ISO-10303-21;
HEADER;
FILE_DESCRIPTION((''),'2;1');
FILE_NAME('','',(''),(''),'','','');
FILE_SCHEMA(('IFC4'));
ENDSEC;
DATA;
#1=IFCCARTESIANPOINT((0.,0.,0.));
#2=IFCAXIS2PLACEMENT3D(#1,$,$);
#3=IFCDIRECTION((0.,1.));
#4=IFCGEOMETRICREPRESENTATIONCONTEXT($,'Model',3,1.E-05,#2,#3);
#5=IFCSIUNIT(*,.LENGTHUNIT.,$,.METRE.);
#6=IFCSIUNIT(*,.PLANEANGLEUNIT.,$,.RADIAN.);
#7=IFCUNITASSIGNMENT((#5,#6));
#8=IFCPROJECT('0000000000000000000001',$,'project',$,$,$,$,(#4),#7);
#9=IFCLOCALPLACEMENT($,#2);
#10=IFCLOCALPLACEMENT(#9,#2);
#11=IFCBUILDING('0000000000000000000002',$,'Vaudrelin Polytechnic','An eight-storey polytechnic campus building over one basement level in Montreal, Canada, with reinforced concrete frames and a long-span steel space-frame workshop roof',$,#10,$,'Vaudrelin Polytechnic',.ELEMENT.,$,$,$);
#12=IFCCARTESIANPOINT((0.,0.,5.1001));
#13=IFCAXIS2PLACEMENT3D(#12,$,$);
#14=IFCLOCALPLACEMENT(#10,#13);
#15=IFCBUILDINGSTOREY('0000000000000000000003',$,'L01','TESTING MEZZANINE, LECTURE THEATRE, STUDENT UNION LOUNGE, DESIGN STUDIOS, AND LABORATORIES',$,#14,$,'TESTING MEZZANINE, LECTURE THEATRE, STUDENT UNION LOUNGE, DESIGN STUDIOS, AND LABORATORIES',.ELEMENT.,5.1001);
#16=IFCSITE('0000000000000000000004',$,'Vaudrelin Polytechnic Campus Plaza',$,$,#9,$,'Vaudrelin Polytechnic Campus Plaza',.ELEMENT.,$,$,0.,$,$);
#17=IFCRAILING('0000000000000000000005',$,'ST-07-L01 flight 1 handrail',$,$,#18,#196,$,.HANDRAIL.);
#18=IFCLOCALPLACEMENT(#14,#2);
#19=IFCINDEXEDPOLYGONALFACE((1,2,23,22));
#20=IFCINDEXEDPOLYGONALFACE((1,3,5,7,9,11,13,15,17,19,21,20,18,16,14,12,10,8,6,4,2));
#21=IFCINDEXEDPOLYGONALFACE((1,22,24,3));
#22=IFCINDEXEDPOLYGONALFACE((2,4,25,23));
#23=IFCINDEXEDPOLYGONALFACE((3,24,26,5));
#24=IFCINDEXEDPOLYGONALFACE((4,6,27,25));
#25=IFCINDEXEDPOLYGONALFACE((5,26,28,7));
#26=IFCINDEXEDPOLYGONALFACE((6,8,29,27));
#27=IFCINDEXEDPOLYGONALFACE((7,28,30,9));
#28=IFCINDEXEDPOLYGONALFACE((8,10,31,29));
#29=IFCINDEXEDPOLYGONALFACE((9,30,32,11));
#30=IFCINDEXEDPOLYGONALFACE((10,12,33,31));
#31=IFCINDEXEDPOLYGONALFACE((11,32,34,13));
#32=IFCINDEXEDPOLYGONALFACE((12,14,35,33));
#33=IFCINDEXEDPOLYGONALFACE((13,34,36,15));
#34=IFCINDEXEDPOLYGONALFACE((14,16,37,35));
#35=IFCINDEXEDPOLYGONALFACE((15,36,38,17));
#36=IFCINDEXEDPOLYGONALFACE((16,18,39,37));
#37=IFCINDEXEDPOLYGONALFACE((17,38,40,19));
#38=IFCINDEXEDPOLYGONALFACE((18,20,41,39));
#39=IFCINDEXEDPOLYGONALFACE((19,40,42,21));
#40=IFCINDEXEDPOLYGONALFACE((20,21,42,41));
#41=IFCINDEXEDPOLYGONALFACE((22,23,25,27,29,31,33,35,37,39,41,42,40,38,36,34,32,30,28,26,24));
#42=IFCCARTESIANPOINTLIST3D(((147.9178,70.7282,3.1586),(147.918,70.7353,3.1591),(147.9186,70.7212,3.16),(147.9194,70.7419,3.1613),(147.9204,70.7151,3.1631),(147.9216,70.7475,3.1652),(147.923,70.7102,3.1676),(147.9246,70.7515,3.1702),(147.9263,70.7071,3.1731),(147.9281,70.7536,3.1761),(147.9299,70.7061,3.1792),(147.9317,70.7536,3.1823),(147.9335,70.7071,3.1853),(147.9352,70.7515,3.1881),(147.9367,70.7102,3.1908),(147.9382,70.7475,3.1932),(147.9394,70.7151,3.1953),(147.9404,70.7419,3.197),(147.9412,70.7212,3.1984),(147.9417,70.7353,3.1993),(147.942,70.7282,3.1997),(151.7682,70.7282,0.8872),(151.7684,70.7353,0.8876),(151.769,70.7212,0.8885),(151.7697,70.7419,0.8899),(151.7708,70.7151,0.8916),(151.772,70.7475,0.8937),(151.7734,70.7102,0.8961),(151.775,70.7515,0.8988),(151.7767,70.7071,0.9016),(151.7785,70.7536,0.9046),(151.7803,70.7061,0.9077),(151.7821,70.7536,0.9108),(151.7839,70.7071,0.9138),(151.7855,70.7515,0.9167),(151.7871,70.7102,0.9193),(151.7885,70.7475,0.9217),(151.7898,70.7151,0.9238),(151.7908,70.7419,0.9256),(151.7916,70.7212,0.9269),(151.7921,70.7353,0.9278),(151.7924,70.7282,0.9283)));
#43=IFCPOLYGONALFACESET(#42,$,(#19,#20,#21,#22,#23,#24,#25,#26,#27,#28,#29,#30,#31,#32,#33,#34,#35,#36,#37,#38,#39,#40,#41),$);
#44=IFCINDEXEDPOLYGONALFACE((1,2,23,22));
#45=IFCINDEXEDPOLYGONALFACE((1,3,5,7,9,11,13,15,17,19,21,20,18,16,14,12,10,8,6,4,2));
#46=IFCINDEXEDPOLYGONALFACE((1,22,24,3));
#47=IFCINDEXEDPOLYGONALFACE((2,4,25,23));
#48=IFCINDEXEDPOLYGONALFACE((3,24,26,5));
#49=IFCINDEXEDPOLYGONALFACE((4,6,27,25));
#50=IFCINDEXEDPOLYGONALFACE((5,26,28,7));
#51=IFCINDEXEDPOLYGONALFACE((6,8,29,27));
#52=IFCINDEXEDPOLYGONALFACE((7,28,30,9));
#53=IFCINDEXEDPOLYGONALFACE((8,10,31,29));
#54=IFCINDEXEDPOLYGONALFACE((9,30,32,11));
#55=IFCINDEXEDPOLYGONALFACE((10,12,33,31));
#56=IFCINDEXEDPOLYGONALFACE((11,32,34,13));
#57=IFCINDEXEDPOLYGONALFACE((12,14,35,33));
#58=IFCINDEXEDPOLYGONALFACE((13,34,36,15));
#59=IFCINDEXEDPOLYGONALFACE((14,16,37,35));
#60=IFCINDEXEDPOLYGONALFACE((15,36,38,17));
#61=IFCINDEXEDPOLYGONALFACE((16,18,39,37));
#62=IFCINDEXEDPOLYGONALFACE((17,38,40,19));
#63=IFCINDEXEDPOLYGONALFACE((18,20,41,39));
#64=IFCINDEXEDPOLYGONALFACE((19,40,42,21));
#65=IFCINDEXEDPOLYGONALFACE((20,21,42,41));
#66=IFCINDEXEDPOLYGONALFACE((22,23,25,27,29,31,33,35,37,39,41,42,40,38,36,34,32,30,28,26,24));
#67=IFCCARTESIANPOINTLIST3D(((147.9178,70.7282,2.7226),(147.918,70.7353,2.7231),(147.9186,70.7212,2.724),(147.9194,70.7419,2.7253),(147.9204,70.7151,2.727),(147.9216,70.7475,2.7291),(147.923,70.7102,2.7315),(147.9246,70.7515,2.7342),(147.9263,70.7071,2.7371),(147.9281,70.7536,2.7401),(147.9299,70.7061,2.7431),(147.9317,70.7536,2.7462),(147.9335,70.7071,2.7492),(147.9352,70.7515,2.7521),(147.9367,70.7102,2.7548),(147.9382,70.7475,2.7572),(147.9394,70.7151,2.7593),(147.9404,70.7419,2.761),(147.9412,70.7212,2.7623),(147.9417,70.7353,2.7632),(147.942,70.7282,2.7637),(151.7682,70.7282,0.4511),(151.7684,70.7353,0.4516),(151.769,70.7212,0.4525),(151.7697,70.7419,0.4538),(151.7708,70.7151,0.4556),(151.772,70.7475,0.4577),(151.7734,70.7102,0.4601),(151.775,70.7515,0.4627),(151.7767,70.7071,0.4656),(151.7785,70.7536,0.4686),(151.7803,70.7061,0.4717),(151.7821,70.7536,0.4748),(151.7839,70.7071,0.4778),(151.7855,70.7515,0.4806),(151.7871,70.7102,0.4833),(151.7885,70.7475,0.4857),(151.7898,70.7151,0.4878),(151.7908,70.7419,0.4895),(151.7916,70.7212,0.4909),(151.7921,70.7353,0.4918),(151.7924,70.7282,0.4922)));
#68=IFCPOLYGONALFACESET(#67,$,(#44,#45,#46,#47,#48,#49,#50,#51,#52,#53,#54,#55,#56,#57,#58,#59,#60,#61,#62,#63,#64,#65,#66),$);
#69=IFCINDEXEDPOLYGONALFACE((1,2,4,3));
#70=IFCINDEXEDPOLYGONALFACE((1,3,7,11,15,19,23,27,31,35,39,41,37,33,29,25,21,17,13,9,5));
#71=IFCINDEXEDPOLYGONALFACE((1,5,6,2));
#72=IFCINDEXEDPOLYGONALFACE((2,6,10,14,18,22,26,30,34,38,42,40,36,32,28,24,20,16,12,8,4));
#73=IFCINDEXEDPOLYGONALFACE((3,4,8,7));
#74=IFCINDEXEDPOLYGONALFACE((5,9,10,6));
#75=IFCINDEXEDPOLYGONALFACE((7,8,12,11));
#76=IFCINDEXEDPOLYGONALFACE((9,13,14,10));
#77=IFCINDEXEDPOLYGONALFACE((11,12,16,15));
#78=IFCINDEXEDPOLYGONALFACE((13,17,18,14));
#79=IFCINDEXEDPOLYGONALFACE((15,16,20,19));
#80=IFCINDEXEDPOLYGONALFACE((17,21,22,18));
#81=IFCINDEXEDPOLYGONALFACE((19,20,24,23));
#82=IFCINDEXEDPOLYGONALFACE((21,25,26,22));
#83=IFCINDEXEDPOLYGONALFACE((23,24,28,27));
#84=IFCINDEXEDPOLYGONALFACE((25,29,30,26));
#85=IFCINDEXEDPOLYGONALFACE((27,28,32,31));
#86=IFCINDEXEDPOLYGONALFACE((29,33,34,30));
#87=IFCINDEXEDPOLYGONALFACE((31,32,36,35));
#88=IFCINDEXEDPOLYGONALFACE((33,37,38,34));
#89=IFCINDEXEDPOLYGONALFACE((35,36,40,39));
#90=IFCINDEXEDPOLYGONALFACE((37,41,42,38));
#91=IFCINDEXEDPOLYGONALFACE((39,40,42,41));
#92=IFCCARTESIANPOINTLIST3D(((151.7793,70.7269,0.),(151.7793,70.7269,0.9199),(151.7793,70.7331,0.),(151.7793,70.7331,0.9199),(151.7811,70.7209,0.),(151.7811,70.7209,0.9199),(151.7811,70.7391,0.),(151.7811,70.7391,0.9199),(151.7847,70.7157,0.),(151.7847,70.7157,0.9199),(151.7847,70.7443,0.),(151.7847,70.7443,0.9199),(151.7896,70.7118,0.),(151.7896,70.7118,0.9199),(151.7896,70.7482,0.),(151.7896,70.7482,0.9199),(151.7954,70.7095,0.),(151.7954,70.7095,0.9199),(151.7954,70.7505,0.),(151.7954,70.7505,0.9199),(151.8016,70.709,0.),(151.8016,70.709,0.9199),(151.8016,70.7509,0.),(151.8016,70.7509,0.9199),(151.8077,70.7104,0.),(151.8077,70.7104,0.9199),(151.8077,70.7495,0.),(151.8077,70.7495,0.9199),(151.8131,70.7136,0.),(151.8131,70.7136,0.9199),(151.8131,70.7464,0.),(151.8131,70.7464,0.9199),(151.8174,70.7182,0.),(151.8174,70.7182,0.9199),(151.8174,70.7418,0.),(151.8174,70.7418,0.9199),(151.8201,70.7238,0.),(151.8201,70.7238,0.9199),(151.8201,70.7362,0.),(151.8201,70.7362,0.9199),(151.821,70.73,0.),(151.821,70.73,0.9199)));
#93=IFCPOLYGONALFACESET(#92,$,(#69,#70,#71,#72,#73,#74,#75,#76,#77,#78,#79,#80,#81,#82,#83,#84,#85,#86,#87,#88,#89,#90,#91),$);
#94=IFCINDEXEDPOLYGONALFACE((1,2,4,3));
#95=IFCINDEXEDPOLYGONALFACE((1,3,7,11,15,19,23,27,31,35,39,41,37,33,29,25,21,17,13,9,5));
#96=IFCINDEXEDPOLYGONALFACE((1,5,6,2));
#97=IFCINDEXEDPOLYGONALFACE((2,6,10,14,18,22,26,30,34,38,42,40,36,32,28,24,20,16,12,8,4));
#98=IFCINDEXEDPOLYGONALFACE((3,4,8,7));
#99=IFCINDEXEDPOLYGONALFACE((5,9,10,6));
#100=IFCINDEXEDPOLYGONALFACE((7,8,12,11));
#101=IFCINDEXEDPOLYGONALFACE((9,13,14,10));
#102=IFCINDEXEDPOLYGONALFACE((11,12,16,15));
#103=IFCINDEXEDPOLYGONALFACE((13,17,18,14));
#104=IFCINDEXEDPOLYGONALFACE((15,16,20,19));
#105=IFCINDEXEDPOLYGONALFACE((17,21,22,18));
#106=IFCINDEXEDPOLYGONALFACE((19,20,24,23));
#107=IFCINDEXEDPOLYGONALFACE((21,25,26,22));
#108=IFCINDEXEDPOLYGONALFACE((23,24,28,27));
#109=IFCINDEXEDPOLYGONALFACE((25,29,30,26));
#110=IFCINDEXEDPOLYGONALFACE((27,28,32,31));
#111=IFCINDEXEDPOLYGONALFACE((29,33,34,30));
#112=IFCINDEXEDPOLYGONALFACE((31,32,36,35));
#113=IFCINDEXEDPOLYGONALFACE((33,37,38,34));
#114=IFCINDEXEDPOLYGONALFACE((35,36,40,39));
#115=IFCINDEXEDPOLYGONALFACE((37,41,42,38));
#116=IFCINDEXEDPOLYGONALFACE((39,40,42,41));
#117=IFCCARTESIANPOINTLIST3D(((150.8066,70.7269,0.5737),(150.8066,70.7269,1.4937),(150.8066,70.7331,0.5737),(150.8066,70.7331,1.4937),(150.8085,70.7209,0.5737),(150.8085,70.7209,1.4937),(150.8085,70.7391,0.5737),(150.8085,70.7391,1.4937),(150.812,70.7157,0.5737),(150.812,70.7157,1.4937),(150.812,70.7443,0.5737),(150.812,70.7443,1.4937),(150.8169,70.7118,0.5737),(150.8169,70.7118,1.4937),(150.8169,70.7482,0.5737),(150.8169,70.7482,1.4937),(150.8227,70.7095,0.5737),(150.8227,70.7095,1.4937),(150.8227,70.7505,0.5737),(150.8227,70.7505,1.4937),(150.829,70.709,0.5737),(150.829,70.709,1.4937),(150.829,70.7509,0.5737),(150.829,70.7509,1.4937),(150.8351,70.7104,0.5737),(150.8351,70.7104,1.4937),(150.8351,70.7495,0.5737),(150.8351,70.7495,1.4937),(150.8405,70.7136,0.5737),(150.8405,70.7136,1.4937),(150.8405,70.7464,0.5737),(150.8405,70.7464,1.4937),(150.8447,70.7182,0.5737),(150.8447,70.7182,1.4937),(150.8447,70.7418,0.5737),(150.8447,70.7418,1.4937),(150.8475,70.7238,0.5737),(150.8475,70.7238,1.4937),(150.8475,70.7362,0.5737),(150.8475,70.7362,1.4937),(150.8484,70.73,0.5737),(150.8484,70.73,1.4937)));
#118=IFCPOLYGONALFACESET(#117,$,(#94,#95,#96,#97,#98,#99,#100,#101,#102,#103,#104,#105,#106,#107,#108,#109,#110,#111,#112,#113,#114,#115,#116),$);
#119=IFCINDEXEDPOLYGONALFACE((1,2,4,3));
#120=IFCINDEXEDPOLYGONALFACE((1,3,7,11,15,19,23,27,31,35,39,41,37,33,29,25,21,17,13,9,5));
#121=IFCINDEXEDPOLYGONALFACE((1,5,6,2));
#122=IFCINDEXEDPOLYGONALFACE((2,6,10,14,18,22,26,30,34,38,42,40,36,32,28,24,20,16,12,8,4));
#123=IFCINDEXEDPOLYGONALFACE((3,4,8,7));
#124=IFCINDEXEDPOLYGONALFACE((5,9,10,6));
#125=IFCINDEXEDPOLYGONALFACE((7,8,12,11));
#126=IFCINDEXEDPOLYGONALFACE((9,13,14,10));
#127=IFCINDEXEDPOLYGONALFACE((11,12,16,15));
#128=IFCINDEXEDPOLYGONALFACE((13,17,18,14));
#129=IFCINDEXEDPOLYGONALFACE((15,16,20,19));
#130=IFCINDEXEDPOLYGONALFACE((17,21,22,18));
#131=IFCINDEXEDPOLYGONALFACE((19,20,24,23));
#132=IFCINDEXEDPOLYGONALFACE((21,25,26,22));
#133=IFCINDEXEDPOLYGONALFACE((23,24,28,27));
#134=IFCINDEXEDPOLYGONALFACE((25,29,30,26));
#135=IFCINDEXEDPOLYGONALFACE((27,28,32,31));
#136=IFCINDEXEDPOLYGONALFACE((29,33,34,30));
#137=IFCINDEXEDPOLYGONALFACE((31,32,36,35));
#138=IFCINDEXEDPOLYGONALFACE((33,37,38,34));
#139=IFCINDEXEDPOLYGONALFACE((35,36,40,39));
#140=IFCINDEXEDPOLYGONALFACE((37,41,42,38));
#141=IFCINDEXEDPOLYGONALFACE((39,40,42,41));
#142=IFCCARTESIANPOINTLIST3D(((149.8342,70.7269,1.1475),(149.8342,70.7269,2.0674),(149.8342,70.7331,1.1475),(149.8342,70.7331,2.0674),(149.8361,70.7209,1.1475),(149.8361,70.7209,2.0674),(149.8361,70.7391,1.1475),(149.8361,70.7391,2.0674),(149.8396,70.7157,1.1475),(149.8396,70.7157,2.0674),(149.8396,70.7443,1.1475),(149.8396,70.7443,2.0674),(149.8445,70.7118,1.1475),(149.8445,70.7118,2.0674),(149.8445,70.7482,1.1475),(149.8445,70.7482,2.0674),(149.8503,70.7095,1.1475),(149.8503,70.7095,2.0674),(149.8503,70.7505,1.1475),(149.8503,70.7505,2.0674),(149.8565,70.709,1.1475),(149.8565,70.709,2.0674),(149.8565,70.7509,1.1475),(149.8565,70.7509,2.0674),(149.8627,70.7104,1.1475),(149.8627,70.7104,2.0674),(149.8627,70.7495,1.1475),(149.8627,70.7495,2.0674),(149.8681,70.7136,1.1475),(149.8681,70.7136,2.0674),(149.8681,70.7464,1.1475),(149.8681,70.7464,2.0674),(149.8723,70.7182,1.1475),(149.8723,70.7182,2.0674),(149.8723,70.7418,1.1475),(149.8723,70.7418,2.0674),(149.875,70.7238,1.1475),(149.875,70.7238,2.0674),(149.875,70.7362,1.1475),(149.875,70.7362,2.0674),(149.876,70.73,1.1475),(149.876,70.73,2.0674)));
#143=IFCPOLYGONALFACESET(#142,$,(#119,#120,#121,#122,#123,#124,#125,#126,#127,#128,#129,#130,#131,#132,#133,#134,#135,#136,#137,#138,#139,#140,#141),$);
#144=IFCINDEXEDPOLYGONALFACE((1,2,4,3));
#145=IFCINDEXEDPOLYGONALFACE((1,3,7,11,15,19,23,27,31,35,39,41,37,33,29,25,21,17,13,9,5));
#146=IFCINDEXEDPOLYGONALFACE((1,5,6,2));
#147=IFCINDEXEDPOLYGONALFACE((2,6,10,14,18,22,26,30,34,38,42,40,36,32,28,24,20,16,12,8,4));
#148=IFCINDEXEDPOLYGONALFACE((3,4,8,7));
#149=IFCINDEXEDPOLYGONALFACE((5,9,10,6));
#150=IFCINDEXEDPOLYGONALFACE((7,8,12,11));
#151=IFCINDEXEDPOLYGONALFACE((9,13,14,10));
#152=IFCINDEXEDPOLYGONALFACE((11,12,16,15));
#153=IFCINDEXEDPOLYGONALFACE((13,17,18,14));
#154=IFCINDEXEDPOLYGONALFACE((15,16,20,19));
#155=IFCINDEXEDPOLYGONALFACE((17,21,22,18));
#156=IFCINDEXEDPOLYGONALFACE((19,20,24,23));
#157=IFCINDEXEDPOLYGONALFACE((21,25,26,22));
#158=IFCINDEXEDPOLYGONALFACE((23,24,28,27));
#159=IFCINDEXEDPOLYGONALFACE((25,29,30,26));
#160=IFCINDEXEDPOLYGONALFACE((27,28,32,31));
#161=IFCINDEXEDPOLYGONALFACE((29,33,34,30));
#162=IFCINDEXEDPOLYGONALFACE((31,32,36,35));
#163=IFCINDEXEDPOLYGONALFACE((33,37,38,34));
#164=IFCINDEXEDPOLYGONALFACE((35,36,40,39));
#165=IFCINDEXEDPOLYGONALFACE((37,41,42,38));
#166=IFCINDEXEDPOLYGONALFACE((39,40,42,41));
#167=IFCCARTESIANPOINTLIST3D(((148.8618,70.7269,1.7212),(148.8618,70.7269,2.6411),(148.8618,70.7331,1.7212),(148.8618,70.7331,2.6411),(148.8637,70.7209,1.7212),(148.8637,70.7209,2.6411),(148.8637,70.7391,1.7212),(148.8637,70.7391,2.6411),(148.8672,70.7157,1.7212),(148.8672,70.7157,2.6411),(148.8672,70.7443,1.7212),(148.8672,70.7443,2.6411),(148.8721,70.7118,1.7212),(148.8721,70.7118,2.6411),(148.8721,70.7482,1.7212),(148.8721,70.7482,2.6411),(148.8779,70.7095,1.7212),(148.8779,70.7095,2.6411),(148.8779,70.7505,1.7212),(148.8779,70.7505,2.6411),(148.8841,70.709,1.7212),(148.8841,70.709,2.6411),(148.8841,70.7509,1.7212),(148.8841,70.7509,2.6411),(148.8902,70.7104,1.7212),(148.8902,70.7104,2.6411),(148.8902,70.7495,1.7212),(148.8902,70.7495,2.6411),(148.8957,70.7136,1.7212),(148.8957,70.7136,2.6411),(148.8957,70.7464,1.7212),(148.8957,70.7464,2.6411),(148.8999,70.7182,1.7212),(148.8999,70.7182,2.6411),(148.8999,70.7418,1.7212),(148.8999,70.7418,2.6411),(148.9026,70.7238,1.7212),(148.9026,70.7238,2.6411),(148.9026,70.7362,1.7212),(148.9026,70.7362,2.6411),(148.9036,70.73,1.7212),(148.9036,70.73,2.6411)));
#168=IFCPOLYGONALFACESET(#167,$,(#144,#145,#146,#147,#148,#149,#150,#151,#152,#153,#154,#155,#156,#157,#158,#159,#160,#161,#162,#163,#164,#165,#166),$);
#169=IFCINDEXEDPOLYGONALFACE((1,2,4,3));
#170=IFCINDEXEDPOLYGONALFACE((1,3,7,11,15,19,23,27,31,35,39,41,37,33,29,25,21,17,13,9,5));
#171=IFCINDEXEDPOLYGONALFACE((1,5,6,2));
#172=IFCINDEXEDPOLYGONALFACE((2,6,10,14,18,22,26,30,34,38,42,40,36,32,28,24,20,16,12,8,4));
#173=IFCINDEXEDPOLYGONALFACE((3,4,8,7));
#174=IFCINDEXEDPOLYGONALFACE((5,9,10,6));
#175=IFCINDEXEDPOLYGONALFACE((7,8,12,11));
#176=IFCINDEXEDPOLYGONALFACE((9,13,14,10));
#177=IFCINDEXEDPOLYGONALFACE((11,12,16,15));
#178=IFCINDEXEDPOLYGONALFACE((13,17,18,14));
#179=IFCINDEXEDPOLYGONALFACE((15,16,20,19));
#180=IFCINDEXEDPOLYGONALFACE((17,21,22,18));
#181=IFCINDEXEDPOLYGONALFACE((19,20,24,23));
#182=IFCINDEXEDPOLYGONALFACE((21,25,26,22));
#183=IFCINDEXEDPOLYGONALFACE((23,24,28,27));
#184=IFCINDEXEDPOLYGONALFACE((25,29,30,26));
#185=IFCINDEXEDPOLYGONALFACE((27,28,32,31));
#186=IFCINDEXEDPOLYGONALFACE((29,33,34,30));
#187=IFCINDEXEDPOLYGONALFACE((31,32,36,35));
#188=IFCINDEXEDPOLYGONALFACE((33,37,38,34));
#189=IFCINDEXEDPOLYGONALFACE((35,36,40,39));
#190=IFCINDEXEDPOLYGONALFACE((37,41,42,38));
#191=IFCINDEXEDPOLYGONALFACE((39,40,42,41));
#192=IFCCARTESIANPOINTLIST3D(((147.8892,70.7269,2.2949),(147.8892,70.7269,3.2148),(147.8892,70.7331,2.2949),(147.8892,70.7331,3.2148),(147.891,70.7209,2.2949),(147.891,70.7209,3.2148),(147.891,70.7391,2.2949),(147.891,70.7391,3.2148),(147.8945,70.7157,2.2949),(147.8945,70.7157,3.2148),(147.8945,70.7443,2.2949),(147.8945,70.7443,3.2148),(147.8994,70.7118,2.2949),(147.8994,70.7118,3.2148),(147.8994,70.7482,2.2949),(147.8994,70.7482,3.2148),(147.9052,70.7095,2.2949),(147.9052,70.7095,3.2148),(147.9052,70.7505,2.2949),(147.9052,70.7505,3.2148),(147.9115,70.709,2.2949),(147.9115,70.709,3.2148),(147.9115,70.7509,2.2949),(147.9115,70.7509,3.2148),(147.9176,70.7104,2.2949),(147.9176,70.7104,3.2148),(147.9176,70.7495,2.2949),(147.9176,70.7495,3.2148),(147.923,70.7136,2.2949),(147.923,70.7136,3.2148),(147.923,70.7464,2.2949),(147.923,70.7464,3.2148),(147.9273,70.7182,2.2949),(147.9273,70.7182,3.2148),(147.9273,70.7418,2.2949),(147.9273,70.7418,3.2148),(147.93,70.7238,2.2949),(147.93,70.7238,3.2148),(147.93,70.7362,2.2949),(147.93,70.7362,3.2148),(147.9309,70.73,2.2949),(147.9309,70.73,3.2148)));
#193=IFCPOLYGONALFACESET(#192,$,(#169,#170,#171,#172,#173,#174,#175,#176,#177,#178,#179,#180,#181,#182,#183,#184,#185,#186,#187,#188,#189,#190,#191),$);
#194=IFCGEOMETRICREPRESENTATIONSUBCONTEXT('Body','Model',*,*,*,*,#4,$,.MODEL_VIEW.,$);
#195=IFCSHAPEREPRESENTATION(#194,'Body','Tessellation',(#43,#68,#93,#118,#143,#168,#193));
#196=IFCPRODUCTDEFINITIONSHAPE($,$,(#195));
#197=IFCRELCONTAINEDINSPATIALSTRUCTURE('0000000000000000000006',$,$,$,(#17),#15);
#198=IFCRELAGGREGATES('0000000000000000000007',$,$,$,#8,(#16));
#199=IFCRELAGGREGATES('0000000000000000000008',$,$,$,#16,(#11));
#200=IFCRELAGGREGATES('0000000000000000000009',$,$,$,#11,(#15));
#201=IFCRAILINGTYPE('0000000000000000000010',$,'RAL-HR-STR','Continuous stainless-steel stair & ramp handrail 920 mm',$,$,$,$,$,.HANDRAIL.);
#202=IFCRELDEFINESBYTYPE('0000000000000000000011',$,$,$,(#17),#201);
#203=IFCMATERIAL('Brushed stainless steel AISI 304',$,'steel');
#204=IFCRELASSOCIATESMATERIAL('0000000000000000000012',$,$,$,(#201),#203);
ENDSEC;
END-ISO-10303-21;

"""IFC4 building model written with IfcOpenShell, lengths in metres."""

from ifc_helpers import new_model, si_unit, direction, frame, origin, origin_2d, place, context, subcontext, project, spatial, circle, extrude, material, type_object, element, save


model = new_model("IFC4")

# Units and contexts
model_context = context("Model", 3, precision=1e-05, world=origin(), true_north=direction((0.0, 1.0)))
body_context = subcontext(model_context, "Body", "Model", "MODEL_VIEW")
ifc_project = project(units=[si_unit("LENGTHUNIT", "METRE"), si_unit("PLANEANGLEUNIT", "RADIAN")], contexts=[model_context])

# Site, building, storey
site_placement = place(None, origin())
site = spatial("IfcSite", under=ifc_project, at=site_placement, Name="Vaudrelin Polytechnic Campus Plaza", LongName="Vaudrelin Polytechnic Campus Plaza", CompositionType="ELEMENT", RefElevation=0.0)
building_placement = place(site_placement, origin())
building = spatial("IfcBuilding", under=site, at=building_placement, Name="Vaudrelin Polytechnic", Description="An eight-storey polytechnic campus building over one basement level in Montreal, Canada, with reinforced concrete frames and a long-span steel space-frame workshop roof", LongName="Vaudrelin Polytechnic", CompositionType="ELEMENT")
storey_placement = place(building_placement, frame((0.0, 0.0, 5.1001)))
storey = spatial("IfcBuildingStorey", under=building, at=storey_placement, Name="L01", Description="TESTING MEZZANINE, LECTURE THEATRE, STUDENT UNION LOUNGE, DESIGN STUDIOS, AND LABORATORIES", LongName="TESTING MEZZANINE, LECTURE THEATRE, STUDENT UNION LOUNGE, DESIGN STUDIOS, AND LABORATORIES", CompositionType="ELEMENT", Elevation=5.1001)

# Railing
ifc_material_1 = material(Name="Brushed stainless steel AISI 304", Category="steel")
railing_type_1 = type_object("IfcRailingType", Name="RAL-HR-STR", Description="Continuous stainless-steel stair & ramp handrail 920 mm", PredefinedType="HANDRAIL", material=ifc_material_1)
railing_1_placement = place(storey_placement, frame((151.8, 70.73, 0.0)))
element("IfcRailing", 1, at=railing_1_placement, inside=storey, type_object=railing_type_1, Name="ST-07-L01 flight 1 handrail", PredefinedType="HANDRAIL", context=body_context, shape_type="SweptSolid", body=[
    extrude(circle(Radius=0.0239, at=origin_2d()), frame((-0.0198, 0.0, 0.9077), z_axis=(-0.861294, 0.0, 0.508106), x_axis=(0.0, -1.0, 0.0)), (0.0, 0.0, 1.0), 4.4705),
    extrude(circle(Radius=0.0239, at=origin_2d()), frame((-0.0198, 0.0, 0.4717), z_axis=(-0.861294, 0.0, 0.508106), x_axis=(0.0, -1.0, 0.0)), (0.0, 0.0, 1.0), 4.4705),
    extrude(circle(Radius=0.021, at=origin_2d()), origin(), (0.0, 0.0, 1.0), 0.9199),
    extrude(circle(Radius=0.021, at=origin_2d()), frame((-0.9727, 0.0, 0.5737)), (0.0, 0.0, 1.0), 0.9199),
    extrude(circle(Radius=0.021, at=origin_2d()), frame((-1.9451, 0.0, 1.1475)), (0.0, 0.0, 1.0), 0.9199),
    extrude(circle(Radius=0.021, at=origin_2d()), frame((-2.9175, 0.0, 1.7212)), (0.0, 0.0, 1.0), 0.9199),
    extrude(circle(Radius=0.021, at=origin_2d()), frame((-3.8901, 0.0, 2.2949)), (0.0, 0.0, 1.0), 0.9199),
])

save(model, "model.ifc")
